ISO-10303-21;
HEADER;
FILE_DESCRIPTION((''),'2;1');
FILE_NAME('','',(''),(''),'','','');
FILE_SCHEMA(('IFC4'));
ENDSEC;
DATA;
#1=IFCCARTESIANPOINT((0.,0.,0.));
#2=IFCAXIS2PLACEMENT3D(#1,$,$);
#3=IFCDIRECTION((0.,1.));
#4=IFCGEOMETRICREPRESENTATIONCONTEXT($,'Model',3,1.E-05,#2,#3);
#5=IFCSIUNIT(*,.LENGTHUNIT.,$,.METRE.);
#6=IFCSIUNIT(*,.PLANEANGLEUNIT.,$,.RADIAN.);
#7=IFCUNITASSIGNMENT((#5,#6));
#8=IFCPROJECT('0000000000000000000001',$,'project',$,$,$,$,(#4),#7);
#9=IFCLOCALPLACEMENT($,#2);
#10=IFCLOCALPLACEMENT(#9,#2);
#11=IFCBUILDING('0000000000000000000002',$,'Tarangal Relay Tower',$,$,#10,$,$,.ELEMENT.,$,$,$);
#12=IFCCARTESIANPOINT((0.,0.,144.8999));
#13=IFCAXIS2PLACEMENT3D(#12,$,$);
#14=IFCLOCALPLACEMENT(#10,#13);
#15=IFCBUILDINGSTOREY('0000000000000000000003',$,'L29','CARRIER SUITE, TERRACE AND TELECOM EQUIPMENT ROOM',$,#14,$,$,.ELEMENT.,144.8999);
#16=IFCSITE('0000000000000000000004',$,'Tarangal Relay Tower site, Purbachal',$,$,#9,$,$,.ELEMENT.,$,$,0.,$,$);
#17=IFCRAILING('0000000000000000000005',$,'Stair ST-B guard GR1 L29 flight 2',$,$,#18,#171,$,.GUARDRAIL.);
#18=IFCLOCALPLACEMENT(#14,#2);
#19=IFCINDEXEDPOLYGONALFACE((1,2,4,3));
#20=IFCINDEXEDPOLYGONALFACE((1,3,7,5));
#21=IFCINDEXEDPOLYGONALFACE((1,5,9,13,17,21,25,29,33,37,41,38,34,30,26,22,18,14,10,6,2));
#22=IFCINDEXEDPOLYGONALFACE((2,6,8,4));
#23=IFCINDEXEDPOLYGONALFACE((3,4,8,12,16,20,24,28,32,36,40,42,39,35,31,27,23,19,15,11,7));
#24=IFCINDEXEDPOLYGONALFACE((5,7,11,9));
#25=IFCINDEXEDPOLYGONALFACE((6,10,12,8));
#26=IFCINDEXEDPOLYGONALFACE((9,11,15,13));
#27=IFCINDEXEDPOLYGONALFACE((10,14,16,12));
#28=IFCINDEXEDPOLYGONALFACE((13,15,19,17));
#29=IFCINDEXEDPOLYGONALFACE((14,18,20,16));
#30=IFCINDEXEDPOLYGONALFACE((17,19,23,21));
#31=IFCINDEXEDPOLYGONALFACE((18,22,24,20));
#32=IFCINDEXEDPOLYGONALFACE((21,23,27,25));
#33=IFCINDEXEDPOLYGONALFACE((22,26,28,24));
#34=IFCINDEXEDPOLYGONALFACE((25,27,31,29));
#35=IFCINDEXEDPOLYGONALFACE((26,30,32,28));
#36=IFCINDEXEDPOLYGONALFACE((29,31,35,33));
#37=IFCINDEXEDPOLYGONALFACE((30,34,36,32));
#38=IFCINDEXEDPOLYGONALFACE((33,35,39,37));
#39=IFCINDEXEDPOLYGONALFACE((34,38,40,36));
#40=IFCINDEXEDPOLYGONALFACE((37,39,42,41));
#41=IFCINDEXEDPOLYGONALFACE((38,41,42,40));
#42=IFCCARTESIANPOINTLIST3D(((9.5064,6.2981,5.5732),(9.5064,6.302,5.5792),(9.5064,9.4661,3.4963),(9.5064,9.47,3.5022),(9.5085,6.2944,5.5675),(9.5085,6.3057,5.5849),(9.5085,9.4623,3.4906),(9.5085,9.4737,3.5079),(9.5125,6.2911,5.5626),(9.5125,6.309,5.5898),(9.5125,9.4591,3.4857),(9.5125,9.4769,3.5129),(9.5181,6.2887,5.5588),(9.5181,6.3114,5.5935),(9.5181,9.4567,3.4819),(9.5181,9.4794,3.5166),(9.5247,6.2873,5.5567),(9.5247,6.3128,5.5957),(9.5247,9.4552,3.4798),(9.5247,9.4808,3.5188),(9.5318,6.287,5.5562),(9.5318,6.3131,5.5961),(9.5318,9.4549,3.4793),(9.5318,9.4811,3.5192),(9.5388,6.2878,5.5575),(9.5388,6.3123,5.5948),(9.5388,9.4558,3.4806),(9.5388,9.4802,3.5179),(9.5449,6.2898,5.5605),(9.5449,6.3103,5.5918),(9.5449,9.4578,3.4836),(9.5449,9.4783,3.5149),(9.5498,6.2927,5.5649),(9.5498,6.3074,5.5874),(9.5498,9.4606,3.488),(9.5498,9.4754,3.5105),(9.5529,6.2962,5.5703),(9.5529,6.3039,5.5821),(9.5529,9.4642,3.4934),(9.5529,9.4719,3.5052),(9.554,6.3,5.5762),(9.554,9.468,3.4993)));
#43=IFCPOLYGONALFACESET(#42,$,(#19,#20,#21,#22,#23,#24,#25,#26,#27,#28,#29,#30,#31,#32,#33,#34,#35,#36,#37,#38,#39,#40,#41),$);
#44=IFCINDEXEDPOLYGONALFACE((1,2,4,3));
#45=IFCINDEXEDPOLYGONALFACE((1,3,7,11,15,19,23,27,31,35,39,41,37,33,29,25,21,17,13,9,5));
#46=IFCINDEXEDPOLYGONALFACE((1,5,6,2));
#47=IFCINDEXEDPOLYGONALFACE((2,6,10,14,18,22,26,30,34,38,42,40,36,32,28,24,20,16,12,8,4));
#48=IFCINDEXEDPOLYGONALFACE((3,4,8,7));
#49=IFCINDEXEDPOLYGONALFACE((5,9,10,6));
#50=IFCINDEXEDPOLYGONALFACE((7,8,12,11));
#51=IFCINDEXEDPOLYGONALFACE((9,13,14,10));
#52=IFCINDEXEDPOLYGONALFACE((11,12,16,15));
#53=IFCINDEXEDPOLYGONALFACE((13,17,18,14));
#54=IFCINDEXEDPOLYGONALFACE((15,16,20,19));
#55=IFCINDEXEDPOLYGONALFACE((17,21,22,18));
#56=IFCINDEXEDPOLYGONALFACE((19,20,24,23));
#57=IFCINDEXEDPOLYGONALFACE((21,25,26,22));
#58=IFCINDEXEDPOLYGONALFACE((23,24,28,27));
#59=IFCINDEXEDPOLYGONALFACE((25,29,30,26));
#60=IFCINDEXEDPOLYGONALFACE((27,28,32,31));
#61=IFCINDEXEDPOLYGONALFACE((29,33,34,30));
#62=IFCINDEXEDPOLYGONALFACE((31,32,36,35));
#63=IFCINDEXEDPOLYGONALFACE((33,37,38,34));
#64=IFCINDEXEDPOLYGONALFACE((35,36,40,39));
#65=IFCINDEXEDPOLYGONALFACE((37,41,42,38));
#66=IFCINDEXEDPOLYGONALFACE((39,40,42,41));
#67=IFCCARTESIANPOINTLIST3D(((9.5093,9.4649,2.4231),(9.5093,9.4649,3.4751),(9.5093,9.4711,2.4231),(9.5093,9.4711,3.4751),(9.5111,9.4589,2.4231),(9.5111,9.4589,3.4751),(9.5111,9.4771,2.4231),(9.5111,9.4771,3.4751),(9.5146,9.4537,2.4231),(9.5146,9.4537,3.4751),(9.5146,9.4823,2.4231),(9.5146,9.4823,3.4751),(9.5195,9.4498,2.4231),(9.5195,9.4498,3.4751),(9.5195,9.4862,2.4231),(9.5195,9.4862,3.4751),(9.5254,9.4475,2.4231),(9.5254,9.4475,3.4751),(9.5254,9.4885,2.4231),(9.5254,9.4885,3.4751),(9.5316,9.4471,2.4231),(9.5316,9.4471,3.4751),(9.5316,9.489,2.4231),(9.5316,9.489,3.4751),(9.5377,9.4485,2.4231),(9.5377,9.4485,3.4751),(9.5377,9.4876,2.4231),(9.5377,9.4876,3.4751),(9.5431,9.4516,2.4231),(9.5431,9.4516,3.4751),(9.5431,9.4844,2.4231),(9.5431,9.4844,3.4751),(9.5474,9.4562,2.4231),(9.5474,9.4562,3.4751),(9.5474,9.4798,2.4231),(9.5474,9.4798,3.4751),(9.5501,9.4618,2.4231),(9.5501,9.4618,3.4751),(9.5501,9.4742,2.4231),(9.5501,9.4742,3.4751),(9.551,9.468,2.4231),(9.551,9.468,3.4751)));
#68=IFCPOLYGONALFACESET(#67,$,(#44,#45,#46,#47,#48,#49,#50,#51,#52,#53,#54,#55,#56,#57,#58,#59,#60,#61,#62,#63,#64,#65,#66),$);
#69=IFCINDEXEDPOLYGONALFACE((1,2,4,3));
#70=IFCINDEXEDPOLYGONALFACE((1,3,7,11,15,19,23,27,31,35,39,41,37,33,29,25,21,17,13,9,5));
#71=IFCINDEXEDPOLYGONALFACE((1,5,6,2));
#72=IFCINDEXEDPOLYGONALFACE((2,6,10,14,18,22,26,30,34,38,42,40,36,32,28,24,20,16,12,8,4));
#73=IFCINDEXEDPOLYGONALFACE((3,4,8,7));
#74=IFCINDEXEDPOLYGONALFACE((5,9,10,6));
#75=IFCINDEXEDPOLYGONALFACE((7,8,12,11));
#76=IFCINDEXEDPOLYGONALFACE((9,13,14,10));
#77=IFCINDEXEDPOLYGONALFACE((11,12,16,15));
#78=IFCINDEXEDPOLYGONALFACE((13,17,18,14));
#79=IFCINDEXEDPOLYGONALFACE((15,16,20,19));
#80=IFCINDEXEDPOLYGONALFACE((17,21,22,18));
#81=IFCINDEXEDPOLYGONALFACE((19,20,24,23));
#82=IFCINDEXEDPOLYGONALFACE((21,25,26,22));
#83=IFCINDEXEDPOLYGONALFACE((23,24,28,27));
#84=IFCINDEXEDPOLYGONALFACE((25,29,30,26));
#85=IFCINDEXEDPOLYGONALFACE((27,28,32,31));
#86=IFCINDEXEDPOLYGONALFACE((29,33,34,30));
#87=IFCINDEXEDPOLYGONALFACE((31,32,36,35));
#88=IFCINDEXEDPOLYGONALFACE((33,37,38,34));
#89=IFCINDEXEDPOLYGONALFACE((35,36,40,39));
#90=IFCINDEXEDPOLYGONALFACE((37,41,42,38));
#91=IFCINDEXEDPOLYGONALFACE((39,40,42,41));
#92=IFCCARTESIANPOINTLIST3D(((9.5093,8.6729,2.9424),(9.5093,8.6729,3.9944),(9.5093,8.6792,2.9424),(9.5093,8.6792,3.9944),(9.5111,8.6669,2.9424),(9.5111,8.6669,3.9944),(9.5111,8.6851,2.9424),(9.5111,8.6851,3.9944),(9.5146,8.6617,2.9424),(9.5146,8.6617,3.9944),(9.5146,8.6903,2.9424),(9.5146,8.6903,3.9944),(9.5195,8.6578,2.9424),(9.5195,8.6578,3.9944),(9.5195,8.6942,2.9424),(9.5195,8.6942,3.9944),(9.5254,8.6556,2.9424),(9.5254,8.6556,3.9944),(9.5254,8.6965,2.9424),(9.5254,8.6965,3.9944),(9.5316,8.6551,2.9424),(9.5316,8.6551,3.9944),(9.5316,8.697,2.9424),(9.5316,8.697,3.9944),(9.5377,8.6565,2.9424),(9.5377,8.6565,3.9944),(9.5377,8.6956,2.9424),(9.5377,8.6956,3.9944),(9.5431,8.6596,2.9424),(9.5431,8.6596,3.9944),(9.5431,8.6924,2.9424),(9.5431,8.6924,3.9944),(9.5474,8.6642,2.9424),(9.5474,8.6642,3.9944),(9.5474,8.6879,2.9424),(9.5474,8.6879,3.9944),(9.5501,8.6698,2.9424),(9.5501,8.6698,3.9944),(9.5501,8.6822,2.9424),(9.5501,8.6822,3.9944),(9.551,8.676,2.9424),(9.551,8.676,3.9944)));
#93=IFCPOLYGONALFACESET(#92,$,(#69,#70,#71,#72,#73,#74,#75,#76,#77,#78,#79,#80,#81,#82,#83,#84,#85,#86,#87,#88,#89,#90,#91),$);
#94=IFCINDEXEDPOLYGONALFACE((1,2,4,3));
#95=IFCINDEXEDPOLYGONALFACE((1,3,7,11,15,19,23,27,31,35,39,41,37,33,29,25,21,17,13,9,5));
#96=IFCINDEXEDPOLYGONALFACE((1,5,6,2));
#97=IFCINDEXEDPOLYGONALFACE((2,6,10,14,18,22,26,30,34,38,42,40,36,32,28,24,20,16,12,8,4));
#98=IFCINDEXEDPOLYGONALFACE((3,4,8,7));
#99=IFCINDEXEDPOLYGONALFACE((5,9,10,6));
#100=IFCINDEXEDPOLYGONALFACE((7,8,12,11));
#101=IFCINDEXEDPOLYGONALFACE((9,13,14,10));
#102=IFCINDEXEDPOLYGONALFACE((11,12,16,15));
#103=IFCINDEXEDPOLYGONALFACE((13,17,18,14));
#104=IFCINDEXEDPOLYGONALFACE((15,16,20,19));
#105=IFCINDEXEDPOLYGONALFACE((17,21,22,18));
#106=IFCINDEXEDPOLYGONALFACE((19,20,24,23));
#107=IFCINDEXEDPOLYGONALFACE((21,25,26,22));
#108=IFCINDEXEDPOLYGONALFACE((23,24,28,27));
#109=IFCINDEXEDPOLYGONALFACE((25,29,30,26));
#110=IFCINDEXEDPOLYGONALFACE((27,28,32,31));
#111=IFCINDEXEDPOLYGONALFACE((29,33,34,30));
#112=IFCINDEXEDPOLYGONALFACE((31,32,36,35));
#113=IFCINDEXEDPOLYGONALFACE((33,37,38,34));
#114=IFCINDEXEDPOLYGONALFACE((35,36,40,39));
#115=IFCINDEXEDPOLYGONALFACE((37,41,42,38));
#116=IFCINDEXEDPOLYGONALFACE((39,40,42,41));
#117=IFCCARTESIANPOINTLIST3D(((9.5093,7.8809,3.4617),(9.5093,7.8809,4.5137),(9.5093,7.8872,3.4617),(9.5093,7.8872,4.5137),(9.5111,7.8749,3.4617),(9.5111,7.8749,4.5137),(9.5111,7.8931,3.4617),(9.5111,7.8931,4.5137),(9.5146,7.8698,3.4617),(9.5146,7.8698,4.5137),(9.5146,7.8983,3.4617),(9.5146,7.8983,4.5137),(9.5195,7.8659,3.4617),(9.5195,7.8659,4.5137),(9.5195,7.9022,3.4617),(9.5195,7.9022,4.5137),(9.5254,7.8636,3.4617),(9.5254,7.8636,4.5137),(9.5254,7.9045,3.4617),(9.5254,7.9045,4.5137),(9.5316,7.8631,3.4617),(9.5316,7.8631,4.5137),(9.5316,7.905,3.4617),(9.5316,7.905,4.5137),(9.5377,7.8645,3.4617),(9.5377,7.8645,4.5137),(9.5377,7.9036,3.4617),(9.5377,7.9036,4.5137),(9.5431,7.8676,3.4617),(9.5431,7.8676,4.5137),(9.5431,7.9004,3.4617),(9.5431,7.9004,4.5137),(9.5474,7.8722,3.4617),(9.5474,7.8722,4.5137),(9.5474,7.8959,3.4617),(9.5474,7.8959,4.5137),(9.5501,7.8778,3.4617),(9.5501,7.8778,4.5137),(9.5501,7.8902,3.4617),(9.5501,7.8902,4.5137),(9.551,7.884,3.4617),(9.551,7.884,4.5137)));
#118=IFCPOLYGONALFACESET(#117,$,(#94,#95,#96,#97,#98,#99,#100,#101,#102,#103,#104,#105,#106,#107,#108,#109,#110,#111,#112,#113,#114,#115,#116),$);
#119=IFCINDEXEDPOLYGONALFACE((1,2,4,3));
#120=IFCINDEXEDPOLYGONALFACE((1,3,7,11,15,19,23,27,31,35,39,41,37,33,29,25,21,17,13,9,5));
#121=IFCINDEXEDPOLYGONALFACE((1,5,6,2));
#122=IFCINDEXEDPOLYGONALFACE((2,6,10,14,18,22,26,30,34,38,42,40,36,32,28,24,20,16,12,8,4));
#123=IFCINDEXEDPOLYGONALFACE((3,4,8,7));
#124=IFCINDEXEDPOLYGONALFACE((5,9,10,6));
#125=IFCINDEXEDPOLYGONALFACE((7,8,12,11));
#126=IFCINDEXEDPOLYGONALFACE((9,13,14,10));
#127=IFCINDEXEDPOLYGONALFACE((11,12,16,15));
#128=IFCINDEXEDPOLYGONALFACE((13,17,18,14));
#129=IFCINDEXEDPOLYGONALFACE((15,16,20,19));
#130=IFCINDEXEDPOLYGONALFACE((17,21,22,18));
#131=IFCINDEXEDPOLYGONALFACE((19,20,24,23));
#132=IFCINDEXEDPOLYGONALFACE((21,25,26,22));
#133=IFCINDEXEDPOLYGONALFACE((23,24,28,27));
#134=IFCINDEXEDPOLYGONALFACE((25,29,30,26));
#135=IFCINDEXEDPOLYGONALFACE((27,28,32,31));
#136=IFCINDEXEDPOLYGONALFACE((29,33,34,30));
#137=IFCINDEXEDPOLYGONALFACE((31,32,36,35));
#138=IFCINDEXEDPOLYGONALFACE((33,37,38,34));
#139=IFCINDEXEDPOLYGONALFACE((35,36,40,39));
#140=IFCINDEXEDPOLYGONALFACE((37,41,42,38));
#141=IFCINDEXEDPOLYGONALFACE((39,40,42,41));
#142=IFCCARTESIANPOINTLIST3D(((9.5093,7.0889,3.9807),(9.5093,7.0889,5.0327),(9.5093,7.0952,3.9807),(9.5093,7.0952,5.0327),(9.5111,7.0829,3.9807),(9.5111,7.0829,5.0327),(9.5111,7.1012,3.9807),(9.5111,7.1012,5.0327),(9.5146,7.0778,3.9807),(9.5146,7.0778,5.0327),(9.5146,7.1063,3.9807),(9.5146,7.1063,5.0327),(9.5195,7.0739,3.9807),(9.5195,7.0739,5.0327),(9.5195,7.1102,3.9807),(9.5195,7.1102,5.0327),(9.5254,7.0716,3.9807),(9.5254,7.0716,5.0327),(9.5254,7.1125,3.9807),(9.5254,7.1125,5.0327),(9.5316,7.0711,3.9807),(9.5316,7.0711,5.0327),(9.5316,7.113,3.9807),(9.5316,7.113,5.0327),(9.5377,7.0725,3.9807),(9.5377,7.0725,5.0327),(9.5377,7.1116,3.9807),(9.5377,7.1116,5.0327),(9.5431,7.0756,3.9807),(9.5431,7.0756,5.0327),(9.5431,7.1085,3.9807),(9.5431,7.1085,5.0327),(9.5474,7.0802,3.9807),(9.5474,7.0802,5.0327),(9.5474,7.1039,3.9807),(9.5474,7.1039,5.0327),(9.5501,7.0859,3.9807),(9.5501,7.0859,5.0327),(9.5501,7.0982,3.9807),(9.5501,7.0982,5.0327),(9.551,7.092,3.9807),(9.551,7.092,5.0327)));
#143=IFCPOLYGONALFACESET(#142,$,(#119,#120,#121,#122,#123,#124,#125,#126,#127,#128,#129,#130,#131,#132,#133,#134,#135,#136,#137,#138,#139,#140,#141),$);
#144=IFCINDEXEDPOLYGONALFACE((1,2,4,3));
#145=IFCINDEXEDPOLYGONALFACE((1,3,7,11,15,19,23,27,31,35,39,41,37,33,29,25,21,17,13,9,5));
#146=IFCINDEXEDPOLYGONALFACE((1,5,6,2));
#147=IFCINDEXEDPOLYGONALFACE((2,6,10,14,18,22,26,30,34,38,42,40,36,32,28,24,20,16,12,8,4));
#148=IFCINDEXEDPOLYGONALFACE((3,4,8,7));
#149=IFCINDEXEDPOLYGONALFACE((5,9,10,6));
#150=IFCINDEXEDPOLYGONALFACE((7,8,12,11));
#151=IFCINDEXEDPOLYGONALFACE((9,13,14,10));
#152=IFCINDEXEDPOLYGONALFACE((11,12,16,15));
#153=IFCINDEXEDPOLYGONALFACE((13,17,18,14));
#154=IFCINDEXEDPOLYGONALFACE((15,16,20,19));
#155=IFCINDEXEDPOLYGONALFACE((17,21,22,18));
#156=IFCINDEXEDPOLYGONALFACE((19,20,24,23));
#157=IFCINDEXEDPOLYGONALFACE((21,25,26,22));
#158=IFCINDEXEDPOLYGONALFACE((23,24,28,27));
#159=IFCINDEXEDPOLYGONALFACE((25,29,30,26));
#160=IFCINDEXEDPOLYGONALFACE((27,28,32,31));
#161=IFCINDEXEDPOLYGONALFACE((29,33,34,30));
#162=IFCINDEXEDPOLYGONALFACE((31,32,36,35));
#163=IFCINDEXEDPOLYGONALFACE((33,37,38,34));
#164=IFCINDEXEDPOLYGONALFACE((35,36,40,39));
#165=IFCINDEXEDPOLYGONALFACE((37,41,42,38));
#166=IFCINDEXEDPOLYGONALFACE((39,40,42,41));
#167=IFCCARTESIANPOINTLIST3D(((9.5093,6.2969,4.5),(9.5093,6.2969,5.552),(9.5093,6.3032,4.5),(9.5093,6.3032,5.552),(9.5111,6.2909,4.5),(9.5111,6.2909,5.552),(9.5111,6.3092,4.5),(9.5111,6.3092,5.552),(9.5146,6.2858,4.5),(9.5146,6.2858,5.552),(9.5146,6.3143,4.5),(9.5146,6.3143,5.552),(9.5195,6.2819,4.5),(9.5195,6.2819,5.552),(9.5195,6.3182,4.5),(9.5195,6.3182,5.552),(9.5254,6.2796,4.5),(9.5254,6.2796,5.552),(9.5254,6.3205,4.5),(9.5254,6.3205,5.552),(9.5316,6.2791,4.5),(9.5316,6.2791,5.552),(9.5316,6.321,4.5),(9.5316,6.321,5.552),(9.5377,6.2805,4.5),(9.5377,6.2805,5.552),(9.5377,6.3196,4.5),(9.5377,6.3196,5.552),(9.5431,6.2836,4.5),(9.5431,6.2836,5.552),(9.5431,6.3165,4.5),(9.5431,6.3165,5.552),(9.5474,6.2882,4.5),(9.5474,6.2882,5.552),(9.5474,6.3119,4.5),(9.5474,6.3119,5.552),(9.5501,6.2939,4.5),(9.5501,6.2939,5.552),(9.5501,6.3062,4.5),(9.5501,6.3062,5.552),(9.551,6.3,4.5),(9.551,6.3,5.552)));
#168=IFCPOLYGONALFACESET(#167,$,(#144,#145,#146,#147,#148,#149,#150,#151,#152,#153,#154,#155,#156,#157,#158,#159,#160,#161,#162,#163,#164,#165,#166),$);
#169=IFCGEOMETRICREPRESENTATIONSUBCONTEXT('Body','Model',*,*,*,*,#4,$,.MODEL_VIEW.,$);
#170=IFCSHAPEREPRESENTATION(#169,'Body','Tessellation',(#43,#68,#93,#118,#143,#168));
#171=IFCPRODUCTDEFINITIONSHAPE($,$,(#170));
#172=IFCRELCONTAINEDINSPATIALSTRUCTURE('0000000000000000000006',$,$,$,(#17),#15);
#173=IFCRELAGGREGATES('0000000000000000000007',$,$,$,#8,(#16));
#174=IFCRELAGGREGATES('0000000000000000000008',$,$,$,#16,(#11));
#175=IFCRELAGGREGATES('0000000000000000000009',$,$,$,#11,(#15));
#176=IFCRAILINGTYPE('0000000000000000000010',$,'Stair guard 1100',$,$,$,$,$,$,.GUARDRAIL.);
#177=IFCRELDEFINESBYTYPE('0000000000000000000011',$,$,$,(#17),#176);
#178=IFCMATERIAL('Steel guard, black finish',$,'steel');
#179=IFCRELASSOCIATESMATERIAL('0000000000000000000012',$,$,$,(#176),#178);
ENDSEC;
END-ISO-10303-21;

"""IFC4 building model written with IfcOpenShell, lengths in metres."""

from ifc_helpers import new_model, si_unit, direction, frame, origin, origin_2d, place, context, subcontext, project, spatial, circle, extrude, material, type_object, element, save


model = new_model("IFC4")

# Units and contexts
model_context = context("Model", 3, precision=1e-05, world=origin(), true_north=direction((0.0, 1.0)))
body_context = subcontext(model_context, "Body", "Model", "MODEL_VIEW")
ifc_project = project(units=[si_unit("LENGTHUNIT", "METRE"), si_unit("PLANEANGLEUNIT", "RADIAN")], contexts=[model_context])

# Site, building, storey
site_placement = place(None, origin())
site = spatial("IfcSite", under=ifc_project, at=site_placement, Name="Tarangal Relay Tower site, Purbachal", CompositionType="ELEMENT", RefElevation=0.0)
building_placement = place(site_placement, origin())
building = spatial("IfcBuilding", under=site, at=building_placement, Name="Tarangal Relay Tower", CompositionType="ELEMENT")
storey_placement = place(building_placement, frame((0.0, 0.0, 144.8999)))
storey = spatial("IfcBuildingStorey", under=building, at=storey_placement, Name="L29", Description="CARRIER SUITE, TERRACE AND TELECOM EQUIPMENT ROOM", CompositionType="ELEMENT", Elevation=144.8999)

# Railing
ifc_material_1 = material(Name="Steel guard, black finish", Category="steel")
railing_type_1 = type_object("IfcRailingType", Name="Stair guard 1100", PredefinedType="GUARDRAIL", material=ifc_material_1)
railing_1_placement = place(storey_placement, frame((9.53, 9.468, 2.4231)))
element("IfcRailing", 1, at=railing_1_placement, inside=storey, type_object=railing_type_1, Name="Stair ST-B guard GR1 L29 flight 2", PredefinedType="GUARDRAIL", context=body_context, shape_type="SweptSolid", body=[
    extrude(circle(Radius=0.0239, at=origin_2d()), frame((0.0, 0.0, 1.0762), z_axis=(0.0, -0.836299, 0.548273), x_axis=(1.0, 0.0, 0.0)), (0.0, 0.0, 1.0), 3.7881),
    extrude(circle(Radius=0.021, at=origin_2d()), origin(), (0.0, 0.0, 1.0), 1.052),
    extrude(circle(Radius=0.021, at=origin_2d()), frame((0.0, -0.792, 0.5193)), (0.0, 0.0, 1.0), 1.052),
    extrude(circle(Radius=0.021, at=origin_2d()), frame((0.0, -1.584, 1.0386)), (0.0, 0.0, 1.0), 1.052),
    extrude(circle(Radius=0.021, at=origin_2d()), frame((0.0, -2.376, 1.5576)), (0.0, 0.0, 1.0), 1.052),
    extrude(circle(Radius=0.021, at=origin_2d()), frame((0.0, -3.168, 2.0769)), (0.0, 0.0, 1.0), 1.052),
])

save(model, "model.ifc")
